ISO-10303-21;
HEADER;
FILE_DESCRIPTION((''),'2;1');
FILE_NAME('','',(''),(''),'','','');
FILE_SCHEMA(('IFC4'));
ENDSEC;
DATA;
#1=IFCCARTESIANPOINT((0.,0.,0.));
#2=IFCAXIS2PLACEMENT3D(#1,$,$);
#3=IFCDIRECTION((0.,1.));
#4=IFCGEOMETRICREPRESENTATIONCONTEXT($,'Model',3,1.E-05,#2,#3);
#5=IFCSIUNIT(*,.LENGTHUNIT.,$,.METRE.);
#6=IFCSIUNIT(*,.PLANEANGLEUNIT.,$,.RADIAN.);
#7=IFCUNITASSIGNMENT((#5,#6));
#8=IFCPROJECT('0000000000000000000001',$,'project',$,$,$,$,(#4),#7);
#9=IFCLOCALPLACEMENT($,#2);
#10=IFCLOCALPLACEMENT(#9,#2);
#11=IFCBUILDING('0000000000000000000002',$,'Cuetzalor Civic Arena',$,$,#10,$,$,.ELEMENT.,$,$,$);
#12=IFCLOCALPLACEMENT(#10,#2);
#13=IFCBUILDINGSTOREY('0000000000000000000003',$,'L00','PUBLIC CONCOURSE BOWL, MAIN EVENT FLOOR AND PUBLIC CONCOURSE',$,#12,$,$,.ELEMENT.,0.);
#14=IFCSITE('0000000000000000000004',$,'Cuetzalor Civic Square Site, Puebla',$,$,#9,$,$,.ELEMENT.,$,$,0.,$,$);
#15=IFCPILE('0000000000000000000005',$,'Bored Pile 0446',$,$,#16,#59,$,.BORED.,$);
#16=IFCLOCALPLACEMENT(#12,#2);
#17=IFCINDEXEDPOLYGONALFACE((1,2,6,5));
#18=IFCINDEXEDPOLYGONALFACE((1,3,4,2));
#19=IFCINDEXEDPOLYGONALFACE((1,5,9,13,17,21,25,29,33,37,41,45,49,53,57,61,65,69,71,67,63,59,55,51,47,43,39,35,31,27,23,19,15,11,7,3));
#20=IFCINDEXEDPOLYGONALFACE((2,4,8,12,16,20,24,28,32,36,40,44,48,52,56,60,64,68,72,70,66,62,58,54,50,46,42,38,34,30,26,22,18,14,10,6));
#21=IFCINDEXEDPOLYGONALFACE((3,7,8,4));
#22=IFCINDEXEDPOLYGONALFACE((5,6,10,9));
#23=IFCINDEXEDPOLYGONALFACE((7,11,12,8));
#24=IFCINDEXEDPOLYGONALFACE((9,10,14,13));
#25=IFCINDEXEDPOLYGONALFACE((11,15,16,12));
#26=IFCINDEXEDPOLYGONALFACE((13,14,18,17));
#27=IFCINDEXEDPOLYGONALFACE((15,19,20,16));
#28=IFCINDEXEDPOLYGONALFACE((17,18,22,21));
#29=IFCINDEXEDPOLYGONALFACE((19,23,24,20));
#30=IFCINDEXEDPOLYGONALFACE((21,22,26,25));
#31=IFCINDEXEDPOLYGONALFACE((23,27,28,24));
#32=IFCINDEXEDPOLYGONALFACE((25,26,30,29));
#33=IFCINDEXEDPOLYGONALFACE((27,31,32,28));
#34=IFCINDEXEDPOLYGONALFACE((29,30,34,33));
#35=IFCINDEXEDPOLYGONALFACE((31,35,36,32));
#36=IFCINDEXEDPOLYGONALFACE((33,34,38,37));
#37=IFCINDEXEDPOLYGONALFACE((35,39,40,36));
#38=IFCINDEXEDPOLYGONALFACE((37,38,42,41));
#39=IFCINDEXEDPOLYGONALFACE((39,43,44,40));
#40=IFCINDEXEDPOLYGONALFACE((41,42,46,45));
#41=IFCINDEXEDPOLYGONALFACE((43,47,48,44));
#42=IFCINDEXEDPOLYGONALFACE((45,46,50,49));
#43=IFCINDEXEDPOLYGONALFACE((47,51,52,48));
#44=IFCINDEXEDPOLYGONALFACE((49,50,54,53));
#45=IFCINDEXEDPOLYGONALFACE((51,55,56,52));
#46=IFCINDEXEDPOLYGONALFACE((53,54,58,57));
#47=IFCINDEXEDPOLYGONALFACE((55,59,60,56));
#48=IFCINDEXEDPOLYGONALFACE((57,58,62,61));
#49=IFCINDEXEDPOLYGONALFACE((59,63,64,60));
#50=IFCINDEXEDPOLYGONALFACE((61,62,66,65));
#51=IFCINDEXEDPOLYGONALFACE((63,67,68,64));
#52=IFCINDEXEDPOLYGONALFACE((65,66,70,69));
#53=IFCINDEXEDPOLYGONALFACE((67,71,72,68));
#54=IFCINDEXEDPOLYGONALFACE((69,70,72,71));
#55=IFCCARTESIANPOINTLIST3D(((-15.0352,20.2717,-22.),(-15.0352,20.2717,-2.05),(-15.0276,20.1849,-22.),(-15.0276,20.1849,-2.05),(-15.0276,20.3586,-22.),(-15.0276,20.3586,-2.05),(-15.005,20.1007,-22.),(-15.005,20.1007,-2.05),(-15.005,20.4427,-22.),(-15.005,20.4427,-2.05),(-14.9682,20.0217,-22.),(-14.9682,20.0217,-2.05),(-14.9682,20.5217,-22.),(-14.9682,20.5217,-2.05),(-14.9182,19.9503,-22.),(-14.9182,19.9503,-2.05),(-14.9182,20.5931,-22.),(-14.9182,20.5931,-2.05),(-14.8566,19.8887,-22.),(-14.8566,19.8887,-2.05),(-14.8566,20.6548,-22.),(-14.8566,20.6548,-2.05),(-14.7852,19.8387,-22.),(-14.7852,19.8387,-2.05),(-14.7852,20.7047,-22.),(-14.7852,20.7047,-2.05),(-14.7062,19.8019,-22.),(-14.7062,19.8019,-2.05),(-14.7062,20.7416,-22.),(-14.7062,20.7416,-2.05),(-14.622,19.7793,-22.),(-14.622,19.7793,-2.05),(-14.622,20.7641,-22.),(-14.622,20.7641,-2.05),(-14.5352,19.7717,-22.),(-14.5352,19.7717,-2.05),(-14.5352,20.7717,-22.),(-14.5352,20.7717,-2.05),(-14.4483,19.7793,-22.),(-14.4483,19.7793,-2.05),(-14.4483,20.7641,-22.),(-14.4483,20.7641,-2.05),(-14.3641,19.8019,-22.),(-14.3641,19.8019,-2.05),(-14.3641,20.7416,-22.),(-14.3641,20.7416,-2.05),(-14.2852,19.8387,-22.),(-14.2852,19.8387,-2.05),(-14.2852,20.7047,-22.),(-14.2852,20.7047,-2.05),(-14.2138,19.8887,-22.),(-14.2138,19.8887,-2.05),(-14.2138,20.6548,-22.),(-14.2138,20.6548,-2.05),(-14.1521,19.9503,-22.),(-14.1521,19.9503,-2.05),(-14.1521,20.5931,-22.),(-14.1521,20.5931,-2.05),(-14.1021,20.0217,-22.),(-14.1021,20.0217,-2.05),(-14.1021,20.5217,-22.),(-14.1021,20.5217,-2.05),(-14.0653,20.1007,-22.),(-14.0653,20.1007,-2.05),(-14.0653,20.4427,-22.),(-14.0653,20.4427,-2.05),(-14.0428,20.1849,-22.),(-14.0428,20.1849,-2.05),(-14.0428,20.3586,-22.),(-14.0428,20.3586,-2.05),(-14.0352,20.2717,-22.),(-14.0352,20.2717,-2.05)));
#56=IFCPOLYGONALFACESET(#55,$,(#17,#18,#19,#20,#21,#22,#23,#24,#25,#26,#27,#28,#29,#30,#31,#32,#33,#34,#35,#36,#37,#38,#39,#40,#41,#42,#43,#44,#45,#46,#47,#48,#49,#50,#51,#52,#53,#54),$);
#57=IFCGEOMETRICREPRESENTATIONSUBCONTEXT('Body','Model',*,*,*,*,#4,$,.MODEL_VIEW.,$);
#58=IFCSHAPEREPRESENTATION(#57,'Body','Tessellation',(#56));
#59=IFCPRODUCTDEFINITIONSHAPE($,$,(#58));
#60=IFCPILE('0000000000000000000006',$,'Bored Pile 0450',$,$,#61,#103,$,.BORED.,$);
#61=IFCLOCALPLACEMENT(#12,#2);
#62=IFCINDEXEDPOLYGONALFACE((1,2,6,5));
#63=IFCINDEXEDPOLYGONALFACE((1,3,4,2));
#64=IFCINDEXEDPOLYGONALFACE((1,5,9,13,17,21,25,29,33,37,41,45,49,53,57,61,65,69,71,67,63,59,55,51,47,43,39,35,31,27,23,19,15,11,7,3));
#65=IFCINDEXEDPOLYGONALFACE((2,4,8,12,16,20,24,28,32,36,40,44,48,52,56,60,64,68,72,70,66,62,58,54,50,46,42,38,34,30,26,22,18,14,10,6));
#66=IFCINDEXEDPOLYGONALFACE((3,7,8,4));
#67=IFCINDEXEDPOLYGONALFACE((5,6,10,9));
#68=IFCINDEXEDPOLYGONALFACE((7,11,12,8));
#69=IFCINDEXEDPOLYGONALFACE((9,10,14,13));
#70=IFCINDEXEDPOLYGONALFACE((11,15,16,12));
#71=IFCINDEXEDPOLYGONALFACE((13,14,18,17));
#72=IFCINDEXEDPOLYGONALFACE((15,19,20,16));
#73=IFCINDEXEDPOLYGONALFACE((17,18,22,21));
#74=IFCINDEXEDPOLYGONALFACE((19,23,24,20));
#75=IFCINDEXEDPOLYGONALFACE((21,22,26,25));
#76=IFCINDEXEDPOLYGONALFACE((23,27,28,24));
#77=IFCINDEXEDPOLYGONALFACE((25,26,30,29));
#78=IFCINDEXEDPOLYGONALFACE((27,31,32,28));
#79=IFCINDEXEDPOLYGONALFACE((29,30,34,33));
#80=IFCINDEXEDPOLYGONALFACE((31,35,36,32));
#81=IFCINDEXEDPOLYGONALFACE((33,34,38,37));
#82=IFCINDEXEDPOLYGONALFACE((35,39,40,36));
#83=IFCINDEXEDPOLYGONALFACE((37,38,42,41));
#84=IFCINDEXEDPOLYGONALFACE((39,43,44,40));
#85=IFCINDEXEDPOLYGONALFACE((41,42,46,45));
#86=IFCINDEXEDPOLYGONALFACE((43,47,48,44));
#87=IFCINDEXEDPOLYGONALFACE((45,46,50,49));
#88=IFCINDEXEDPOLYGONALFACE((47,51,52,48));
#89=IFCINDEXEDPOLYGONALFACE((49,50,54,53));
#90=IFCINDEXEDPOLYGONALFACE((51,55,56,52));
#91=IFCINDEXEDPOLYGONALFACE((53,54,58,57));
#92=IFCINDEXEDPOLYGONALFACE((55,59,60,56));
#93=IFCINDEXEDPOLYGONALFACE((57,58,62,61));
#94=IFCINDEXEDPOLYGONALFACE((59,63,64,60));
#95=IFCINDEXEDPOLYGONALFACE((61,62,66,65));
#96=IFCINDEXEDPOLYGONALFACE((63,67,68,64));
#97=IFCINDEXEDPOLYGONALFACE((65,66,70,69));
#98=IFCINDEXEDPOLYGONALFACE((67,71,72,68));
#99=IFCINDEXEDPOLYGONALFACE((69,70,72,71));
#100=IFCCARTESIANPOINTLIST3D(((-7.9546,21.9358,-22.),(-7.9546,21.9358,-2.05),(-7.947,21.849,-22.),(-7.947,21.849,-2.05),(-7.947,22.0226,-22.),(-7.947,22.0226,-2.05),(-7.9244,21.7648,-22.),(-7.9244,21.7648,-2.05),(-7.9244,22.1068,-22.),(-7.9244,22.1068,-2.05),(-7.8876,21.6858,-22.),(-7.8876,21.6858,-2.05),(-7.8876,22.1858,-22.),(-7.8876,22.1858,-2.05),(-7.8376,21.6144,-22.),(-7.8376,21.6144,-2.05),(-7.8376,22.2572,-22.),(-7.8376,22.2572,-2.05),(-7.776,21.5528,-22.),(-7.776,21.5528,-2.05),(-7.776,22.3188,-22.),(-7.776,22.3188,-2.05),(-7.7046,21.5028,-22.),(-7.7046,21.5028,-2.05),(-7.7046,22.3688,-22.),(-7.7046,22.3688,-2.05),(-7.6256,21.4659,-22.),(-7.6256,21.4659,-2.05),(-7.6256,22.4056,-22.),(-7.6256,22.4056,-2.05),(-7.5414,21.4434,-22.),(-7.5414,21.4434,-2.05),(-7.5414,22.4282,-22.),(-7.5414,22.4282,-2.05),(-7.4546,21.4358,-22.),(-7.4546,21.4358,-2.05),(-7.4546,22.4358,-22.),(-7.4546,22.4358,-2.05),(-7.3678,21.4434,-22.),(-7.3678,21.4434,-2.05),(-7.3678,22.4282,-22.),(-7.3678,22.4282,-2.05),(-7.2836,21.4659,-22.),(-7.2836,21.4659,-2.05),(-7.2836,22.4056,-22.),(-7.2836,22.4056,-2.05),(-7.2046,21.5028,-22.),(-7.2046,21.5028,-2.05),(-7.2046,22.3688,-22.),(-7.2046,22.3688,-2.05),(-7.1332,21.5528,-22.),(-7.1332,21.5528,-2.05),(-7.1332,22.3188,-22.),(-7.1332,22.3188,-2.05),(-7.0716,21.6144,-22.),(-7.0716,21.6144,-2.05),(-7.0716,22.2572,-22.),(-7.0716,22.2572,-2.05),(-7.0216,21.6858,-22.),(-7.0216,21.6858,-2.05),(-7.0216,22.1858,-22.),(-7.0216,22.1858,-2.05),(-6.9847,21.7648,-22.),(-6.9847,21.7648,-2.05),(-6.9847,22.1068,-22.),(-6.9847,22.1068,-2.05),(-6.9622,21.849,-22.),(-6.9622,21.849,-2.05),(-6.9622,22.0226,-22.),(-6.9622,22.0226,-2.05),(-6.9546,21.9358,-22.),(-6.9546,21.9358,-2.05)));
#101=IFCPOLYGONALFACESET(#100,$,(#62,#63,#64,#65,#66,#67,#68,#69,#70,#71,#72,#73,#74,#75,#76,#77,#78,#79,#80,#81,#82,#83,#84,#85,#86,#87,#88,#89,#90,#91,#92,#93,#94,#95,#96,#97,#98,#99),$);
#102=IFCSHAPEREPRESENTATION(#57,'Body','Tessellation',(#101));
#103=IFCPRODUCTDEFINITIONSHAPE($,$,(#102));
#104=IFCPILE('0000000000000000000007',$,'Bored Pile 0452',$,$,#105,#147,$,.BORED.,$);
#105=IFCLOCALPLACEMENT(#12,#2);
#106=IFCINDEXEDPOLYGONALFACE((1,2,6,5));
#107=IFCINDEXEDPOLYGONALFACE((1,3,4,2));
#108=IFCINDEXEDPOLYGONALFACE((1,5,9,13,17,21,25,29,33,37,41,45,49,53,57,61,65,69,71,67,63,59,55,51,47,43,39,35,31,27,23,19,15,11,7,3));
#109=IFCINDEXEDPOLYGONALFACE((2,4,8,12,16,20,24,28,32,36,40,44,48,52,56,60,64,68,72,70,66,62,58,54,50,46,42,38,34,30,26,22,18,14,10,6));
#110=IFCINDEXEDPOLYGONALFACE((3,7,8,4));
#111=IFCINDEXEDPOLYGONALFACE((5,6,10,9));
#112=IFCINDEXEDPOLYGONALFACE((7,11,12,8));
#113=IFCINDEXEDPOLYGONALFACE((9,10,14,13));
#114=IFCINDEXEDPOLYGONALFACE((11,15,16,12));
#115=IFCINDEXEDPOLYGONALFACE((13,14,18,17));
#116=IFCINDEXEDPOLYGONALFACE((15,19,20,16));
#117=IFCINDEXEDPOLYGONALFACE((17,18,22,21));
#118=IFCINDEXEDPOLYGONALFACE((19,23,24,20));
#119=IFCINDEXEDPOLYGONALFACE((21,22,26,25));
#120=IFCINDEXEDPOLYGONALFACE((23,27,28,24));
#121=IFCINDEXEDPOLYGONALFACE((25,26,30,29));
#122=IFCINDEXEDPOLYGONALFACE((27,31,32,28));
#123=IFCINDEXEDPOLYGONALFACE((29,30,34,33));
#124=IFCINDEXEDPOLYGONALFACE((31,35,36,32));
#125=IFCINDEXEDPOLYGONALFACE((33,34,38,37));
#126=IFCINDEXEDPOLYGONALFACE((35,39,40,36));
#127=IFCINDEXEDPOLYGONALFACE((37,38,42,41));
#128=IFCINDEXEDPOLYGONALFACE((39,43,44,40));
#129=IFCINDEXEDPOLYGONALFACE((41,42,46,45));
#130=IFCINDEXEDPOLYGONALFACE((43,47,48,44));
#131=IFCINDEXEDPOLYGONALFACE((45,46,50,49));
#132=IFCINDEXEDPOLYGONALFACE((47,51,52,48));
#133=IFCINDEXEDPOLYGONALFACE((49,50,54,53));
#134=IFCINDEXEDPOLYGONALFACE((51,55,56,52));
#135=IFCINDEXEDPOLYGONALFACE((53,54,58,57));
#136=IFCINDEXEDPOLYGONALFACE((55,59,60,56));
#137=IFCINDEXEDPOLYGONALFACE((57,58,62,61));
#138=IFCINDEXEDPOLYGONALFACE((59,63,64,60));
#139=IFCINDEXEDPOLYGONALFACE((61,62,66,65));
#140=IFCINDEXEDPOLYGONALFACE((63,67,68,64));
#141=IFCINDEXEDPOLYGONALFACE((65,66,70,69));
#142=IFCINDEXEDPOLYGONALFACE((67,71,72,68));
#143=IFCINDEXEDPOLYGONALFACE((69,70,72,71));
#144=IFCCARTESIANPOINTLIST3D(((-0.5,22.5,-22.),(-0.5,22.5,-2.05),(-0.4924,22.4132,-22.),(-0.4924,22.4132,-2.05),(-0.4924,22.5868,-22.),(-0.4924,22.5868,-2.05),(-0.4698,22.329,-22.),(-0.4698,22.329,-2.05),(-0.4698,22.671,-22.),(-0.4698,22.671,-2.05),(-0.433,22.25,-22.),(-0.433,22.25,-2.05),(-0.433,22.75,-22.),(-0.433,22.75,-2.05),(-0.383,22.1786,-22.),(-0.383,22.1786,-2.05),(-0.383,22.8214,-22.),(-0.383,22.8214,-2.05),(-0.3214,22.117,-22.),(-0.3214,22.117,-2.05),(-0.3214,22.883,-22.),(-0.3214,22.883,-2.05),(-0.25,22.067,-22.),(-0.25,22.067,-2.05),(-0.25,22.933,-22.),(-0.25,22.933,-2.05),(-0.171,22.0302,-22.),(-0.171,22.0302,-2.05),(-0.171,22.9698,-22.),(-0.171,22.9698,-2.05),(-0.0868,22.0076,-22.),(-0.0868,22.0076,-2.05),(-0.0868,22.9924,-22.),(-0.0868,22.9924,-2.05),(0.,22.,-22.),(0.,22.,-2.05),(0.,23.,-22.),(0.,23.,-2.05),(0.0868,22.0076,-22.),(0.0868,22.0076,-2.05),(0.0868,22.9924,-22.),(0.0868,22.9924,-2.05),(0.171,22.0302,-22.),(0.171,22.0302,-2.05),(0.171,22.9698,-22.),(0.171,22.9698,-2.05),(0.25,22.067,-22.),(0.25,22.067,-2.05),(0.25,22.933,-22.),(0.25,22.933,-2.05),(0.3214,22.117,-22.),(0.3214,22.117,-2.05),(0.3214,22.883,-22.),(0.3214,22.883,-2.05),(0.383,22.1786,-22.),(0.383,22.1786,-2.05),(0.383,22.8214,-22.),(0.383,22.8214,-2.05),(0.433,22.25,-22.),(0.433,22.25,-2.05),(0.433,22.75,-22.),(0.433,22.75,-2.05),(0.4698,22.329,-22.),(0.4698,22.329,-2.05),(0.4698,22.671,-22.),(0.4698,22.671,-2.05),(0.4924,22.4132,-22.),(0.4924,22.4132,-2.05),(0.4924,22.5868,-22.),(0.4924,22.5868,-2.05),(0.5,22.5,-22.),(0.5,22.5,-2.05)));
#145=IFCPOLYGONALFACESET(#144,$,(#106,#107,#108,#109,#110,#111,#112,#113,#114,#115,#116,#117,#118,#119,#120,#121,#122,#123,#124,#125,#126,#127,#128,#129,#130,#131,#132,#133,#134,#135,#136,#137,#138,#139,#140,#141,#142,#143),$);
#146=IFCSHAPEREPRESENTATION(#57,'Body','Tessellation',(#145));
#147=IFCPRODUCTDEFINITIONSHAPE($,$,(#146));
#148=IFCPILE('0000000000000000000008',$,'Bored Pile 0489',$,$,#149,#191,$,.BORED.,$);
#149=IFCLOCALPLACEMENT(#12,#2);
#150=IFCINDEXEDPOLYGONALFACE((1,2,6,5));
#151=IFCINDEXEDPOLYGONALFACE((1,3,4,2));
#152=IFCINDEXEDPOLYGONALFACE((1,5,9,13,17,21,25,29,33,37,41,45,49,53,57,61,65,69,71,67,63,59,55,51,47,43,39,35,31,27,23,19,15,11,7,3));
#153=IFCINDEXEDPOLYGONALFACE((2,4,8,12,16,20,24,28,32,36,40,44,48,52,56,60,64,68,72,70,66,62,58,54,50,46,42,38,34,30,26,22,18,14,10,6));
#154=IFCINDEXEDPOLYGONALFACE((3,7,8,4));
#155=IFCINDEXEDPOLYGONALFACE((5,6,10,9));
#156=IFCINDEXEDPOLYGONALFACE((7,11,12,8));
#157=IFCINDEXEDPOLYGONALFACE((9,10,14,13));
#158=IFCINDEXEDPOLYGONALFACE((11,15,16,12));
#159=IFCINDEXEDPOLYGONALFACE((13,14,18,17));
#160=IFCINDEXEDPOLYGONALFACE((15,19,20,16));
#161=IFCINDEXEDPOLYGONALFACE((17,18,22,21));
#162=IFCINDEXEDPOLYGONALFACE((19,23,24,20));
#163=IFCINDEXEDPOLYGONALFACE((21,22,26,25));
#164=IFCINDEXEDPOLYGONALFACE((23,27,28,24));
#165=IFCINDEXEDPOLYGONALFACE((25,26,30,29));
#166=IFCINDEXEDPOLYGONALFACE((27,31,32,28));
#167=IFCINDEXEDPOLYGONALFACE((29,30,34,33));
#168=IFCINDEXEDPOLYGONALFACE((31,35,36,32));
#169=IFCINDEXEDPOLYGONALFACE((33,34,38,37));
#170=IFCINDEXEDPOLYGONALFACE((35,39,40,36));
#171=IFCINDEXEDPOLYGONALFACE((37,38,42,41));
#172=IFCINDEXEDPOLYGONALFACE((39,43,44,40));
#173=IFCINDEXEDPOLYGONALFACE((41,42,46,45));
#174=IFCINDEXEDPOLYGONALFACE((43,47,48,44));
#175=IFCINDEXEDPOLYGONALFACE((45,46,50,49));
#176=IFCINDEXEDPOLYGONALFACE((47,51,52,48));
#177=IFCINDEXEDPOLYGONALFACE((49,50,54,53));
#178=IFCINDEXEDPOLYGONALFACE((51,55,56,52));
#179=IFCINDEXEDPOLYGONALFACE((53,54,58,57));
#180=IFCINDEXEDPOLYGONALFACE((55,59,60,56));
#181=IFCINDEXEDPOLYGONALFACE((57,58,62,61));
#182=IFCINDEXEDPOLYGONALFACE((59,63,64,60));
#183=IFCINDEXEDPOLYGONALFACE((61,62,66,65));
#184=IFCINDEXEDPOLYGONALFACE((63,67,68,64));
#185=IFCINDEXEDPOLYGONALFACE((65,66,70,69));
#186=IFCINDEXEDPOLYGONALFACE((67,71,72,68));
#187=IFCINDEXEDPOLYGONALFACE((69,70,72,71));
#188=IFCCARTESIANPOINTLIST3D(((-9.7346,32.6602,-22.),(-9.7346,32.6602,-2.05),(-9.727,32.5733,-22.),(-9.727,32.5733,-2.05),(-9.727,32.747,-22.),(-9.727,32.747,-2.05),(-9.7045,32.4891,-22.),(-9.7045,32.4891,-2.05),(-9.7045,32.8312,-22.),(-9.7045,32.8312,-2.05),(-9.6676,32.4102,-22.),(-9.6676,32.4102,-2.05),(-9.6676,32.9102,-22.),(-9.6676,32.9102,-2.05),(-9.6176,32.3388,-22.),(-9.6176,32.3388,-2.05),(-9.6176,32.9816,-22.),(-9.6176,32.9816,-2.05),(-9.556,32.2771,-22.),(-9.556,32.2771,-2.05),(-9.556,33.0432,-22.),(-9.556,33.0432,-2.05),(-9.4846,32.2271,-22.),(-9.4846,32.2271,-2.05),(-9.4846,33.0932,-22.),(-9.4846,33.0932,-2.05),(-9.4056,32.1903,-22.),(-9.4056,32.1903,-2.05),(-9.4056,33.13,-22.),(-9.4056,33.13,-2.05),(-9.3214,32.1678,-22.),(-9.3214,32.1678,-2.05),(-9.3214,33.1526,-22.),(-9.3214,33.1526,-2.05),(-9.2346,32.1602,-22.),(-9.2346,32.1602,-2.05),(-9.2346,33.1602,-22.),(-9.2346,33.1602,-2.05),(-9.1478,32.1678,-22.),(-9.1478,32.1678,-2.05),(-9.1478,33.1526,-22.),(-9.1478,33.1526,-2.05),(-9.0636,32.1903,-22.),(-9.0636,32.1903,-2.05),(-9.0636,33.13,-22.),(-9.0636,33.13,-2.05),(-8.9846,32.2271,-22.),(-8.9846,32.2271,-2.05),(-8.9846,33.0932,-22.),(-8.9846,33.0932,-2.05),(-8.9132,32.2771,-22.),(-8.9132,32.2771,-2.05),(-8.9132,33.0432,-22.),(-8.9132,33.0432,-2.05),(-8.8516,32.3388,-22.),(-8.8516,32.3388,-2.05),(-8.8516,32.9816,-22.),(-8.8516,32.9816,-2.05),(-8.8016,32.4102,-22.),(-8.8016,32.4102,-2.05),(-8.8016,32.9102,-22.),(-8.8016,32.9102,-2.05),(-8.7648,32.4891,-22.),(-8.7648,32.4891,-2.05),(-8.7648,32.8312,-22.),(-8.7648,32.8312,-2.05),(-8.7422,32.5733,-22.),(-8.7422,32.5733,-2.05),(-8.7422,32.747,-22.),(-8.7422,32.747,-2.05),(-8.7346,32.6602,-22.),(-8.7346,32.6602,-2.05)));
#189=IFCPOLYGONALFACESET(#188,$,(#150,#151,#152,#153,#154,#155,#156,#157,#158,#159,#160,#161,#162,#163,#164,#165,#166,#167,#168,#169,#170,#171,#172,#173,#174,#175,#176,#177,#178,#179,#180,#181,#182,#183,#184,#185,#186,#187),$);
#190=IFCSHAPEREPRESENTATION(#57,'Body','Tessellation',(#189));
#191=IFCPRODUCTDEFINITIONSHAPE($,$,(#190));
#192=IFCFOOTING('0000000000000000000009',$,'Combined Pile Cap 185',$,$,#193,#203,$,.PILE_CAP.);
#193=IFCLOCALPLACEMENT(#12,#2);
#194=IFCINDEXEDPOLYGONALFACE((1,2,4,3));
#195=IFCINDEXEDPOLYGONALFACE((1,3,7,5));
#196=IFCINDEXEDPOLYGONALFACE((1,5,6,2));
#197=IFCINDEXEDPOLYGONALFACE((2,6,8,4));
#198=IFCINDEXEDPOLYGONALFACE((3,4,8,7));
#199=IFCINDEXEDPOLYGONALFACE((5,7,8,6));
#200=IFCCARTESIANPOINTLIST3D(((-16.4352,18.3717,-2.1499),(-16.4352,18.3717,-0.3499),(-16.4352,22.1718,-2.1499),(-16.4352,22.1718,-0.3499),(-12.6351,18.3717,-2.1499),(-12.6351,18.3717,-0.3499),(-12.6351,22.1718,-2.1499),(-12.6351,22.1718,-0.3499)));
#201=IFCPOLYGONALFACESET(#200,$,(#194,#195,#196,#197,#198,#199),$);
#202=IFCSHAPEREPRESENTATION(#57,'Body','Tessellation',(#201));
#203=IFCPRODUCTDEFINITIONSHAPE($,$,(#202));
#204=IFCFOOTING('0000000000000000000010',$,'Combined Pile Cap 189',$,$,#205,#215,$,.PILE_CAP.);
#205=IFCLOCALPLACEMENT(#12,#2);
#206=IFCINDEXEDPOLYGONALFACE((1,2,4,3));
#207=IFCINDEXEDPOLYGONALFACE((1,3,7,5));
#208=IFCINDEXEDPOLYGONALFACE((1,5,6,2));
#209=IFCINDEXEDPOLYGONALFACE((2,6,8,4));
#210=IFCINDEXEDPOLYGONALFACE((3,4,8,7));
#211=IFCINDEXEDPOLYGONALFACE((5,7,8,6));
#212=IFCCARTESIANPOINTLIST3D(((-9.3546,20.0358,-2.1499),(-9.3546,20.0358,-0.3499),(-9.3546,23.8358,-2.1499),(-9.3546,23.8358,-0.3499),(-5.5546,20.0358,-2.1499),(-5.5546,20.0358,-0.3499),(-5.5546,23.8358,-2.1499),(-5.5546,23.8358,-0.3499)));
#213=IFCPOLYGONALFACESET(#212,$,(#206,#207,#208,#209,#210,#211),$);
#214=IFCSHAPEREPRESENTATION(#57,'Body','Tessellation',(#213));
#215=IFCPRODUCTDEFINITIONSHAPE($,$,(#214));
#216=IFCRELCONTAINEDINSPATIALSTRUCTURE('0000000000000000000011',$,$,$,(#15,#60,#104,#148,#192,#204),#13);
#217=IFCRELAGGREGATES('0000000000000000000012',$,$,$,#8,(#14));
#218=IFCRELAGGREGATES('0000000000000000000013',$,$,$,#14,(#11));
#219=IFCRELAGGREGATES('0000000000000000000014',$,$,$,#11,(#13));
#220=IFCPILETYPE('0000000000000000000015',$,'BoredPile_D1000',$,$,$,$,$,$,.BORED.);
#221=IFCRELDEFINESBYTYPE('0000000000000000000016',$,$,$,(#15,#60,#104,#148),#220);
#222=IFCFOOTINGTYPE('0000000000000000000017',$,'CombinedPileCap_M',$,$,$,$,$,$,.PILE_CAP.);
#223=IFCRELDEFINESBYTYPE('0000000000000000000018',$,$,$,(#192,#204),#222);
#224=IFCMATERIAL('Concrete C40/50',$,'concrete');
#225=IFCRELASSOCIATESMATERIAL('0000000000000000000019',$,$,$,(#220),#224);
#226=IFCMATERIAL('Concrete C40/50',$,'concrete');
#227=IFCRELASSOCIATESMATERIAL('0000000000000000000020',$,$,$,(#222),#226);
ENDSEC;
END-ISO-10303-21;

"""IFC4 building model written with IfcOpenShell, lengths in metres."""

from ifc_helpers import new_model, si_unit, direction, frame, origin, origin_2d, place, context, subcontext, project, spatial, rectangle, circle, extrude, material, material_profile, profile_set, type_object, element, save


model = new_model("IFC4")

# Units and contexts
model_context = context("Model", 3, precision=1e-05, world=origin(), true_north=direction((0.0, 1.0)))
body_context = subcontext(model_context, "Body", "Model", "MODEL_VIEW")
ifc_project = project(units=[si_unit("LENGTHUNIT", "METRE"), si_unit("PLANEANGLEUNIT", "RADIAN")], contexts=[model_context])

# Site, building, storey
site_placement = place(None, origin())
site = spatial("IfcSite", under=ifc_project, at=site_placement, Name="Cuetzalor Civic Square Site, Puebla", CompositionType="ELEMENT", RefElevation=0.0)
building_placement = place(site_placement, origin())
building = spatial("IfcBuilding", under=site, at=building_placement, Name="Cuetzalor Civic Arena", CompositionType="ELEMENT")
storey_placement = place(building_placement, origin())
storey = spatial("IfcBuildingStorey", under=building, at=storey_placement, Name="L00", Description="PUBLIC CONCOURSE BOWL, MAIN EVENT FLOOR AND PUBLIC CONCOURSE", CompositionType="ELEMENT", Elevation=0.0)

# Piles
ifc_material_1 = material(Name="Concrete C40/50", Category="concrete")
ifc_material_profile_1 = material_profile(ifc_material_1, circle(Radius=0.5, at=origin_2d()), Name="BORED PILE D1000")
ifc_profile_set_1 = profile_set([ifc_material_profile_1], Name="Concrete C40/50")
pile_type = type_object("IfcPileType", Name="BoredPile_D1000", PredefinedType="BORED", material=ifc_profile_set_1)
for number, where, z_axis, x_axis, name in (
    (1, (-14.5352, 20.2717, -2.05), (0.0, 0.0, -1.0), (1.0, 0.0, 0.0), "Bored Pile 0446"),
    (2, (-7.4546, 21.9358, -2.05), (0.0, 0.0, -1.0), (1.0, 0.0, 0.0), "Bored Pile 0450"),
    (3, (0.0, 22.5, -2.05), (0.0, 0.0, -1.0), (1.0, 0.0, 0.0), "Bored Pile 0452"),
    (4, (-9.2346, 32.6602, -2.05), (0.0, 0.0, -1.0), (1.0, 0.0, 0.0), "Bored Pile 0489"),
):
    element("IfcPile", number, at=place(storey_placement, frame(where, z_axis=z_axis, x_axis=x_axis)), inside=storey, type_object=pile_type, Name=name, PredefinedType="BORED", context=body_context, shape_type="SweptSolid", body=[
        extrude(circle(Radius=0.5, at=origin_2d()), origin(), (0.0, 0.0, 1.0), 19.95),
    ])

# Footings
ifc_material_2 = material(Name="Concrete C40/50", Category="concrete")
footing_type_1 = type_object("IfcFootingType", Name="CombinedPileCap_M", PredefinedType="PILE_CAP", material=ifc_material_2)
for number, where, z_axis, x_axis, name in (
    (5, (-14.5352, 20.2717, -2.1499), (0.0, 0.0, 1.0), (1.0, 0.0, 0.0), "Combined Pile Cap 185"),
    (6, (-7.4546, 21.9358, -2.1499), (0.0, 0.0, 1.0), (1.0, 0.0, 0.0), "Combined Pile Cap 189"),
):
    element("IfcFooting", number, at=place(storey_placement, frame(where, z_axis=z_axis, x_axis=x_axis)), inside=storey, type_object=footing_type_1, Name=name, PredefinedType="PILE_CAP", context=body_context, shape_type="SweptSolid", body=[
        extrude(rectangle(XDim=3.8, YDim=3.8, at=origin_2d()), origin(), (0.0, 0.0, 1.0), 1.8),
    ])

save(model, "model.ifc")
